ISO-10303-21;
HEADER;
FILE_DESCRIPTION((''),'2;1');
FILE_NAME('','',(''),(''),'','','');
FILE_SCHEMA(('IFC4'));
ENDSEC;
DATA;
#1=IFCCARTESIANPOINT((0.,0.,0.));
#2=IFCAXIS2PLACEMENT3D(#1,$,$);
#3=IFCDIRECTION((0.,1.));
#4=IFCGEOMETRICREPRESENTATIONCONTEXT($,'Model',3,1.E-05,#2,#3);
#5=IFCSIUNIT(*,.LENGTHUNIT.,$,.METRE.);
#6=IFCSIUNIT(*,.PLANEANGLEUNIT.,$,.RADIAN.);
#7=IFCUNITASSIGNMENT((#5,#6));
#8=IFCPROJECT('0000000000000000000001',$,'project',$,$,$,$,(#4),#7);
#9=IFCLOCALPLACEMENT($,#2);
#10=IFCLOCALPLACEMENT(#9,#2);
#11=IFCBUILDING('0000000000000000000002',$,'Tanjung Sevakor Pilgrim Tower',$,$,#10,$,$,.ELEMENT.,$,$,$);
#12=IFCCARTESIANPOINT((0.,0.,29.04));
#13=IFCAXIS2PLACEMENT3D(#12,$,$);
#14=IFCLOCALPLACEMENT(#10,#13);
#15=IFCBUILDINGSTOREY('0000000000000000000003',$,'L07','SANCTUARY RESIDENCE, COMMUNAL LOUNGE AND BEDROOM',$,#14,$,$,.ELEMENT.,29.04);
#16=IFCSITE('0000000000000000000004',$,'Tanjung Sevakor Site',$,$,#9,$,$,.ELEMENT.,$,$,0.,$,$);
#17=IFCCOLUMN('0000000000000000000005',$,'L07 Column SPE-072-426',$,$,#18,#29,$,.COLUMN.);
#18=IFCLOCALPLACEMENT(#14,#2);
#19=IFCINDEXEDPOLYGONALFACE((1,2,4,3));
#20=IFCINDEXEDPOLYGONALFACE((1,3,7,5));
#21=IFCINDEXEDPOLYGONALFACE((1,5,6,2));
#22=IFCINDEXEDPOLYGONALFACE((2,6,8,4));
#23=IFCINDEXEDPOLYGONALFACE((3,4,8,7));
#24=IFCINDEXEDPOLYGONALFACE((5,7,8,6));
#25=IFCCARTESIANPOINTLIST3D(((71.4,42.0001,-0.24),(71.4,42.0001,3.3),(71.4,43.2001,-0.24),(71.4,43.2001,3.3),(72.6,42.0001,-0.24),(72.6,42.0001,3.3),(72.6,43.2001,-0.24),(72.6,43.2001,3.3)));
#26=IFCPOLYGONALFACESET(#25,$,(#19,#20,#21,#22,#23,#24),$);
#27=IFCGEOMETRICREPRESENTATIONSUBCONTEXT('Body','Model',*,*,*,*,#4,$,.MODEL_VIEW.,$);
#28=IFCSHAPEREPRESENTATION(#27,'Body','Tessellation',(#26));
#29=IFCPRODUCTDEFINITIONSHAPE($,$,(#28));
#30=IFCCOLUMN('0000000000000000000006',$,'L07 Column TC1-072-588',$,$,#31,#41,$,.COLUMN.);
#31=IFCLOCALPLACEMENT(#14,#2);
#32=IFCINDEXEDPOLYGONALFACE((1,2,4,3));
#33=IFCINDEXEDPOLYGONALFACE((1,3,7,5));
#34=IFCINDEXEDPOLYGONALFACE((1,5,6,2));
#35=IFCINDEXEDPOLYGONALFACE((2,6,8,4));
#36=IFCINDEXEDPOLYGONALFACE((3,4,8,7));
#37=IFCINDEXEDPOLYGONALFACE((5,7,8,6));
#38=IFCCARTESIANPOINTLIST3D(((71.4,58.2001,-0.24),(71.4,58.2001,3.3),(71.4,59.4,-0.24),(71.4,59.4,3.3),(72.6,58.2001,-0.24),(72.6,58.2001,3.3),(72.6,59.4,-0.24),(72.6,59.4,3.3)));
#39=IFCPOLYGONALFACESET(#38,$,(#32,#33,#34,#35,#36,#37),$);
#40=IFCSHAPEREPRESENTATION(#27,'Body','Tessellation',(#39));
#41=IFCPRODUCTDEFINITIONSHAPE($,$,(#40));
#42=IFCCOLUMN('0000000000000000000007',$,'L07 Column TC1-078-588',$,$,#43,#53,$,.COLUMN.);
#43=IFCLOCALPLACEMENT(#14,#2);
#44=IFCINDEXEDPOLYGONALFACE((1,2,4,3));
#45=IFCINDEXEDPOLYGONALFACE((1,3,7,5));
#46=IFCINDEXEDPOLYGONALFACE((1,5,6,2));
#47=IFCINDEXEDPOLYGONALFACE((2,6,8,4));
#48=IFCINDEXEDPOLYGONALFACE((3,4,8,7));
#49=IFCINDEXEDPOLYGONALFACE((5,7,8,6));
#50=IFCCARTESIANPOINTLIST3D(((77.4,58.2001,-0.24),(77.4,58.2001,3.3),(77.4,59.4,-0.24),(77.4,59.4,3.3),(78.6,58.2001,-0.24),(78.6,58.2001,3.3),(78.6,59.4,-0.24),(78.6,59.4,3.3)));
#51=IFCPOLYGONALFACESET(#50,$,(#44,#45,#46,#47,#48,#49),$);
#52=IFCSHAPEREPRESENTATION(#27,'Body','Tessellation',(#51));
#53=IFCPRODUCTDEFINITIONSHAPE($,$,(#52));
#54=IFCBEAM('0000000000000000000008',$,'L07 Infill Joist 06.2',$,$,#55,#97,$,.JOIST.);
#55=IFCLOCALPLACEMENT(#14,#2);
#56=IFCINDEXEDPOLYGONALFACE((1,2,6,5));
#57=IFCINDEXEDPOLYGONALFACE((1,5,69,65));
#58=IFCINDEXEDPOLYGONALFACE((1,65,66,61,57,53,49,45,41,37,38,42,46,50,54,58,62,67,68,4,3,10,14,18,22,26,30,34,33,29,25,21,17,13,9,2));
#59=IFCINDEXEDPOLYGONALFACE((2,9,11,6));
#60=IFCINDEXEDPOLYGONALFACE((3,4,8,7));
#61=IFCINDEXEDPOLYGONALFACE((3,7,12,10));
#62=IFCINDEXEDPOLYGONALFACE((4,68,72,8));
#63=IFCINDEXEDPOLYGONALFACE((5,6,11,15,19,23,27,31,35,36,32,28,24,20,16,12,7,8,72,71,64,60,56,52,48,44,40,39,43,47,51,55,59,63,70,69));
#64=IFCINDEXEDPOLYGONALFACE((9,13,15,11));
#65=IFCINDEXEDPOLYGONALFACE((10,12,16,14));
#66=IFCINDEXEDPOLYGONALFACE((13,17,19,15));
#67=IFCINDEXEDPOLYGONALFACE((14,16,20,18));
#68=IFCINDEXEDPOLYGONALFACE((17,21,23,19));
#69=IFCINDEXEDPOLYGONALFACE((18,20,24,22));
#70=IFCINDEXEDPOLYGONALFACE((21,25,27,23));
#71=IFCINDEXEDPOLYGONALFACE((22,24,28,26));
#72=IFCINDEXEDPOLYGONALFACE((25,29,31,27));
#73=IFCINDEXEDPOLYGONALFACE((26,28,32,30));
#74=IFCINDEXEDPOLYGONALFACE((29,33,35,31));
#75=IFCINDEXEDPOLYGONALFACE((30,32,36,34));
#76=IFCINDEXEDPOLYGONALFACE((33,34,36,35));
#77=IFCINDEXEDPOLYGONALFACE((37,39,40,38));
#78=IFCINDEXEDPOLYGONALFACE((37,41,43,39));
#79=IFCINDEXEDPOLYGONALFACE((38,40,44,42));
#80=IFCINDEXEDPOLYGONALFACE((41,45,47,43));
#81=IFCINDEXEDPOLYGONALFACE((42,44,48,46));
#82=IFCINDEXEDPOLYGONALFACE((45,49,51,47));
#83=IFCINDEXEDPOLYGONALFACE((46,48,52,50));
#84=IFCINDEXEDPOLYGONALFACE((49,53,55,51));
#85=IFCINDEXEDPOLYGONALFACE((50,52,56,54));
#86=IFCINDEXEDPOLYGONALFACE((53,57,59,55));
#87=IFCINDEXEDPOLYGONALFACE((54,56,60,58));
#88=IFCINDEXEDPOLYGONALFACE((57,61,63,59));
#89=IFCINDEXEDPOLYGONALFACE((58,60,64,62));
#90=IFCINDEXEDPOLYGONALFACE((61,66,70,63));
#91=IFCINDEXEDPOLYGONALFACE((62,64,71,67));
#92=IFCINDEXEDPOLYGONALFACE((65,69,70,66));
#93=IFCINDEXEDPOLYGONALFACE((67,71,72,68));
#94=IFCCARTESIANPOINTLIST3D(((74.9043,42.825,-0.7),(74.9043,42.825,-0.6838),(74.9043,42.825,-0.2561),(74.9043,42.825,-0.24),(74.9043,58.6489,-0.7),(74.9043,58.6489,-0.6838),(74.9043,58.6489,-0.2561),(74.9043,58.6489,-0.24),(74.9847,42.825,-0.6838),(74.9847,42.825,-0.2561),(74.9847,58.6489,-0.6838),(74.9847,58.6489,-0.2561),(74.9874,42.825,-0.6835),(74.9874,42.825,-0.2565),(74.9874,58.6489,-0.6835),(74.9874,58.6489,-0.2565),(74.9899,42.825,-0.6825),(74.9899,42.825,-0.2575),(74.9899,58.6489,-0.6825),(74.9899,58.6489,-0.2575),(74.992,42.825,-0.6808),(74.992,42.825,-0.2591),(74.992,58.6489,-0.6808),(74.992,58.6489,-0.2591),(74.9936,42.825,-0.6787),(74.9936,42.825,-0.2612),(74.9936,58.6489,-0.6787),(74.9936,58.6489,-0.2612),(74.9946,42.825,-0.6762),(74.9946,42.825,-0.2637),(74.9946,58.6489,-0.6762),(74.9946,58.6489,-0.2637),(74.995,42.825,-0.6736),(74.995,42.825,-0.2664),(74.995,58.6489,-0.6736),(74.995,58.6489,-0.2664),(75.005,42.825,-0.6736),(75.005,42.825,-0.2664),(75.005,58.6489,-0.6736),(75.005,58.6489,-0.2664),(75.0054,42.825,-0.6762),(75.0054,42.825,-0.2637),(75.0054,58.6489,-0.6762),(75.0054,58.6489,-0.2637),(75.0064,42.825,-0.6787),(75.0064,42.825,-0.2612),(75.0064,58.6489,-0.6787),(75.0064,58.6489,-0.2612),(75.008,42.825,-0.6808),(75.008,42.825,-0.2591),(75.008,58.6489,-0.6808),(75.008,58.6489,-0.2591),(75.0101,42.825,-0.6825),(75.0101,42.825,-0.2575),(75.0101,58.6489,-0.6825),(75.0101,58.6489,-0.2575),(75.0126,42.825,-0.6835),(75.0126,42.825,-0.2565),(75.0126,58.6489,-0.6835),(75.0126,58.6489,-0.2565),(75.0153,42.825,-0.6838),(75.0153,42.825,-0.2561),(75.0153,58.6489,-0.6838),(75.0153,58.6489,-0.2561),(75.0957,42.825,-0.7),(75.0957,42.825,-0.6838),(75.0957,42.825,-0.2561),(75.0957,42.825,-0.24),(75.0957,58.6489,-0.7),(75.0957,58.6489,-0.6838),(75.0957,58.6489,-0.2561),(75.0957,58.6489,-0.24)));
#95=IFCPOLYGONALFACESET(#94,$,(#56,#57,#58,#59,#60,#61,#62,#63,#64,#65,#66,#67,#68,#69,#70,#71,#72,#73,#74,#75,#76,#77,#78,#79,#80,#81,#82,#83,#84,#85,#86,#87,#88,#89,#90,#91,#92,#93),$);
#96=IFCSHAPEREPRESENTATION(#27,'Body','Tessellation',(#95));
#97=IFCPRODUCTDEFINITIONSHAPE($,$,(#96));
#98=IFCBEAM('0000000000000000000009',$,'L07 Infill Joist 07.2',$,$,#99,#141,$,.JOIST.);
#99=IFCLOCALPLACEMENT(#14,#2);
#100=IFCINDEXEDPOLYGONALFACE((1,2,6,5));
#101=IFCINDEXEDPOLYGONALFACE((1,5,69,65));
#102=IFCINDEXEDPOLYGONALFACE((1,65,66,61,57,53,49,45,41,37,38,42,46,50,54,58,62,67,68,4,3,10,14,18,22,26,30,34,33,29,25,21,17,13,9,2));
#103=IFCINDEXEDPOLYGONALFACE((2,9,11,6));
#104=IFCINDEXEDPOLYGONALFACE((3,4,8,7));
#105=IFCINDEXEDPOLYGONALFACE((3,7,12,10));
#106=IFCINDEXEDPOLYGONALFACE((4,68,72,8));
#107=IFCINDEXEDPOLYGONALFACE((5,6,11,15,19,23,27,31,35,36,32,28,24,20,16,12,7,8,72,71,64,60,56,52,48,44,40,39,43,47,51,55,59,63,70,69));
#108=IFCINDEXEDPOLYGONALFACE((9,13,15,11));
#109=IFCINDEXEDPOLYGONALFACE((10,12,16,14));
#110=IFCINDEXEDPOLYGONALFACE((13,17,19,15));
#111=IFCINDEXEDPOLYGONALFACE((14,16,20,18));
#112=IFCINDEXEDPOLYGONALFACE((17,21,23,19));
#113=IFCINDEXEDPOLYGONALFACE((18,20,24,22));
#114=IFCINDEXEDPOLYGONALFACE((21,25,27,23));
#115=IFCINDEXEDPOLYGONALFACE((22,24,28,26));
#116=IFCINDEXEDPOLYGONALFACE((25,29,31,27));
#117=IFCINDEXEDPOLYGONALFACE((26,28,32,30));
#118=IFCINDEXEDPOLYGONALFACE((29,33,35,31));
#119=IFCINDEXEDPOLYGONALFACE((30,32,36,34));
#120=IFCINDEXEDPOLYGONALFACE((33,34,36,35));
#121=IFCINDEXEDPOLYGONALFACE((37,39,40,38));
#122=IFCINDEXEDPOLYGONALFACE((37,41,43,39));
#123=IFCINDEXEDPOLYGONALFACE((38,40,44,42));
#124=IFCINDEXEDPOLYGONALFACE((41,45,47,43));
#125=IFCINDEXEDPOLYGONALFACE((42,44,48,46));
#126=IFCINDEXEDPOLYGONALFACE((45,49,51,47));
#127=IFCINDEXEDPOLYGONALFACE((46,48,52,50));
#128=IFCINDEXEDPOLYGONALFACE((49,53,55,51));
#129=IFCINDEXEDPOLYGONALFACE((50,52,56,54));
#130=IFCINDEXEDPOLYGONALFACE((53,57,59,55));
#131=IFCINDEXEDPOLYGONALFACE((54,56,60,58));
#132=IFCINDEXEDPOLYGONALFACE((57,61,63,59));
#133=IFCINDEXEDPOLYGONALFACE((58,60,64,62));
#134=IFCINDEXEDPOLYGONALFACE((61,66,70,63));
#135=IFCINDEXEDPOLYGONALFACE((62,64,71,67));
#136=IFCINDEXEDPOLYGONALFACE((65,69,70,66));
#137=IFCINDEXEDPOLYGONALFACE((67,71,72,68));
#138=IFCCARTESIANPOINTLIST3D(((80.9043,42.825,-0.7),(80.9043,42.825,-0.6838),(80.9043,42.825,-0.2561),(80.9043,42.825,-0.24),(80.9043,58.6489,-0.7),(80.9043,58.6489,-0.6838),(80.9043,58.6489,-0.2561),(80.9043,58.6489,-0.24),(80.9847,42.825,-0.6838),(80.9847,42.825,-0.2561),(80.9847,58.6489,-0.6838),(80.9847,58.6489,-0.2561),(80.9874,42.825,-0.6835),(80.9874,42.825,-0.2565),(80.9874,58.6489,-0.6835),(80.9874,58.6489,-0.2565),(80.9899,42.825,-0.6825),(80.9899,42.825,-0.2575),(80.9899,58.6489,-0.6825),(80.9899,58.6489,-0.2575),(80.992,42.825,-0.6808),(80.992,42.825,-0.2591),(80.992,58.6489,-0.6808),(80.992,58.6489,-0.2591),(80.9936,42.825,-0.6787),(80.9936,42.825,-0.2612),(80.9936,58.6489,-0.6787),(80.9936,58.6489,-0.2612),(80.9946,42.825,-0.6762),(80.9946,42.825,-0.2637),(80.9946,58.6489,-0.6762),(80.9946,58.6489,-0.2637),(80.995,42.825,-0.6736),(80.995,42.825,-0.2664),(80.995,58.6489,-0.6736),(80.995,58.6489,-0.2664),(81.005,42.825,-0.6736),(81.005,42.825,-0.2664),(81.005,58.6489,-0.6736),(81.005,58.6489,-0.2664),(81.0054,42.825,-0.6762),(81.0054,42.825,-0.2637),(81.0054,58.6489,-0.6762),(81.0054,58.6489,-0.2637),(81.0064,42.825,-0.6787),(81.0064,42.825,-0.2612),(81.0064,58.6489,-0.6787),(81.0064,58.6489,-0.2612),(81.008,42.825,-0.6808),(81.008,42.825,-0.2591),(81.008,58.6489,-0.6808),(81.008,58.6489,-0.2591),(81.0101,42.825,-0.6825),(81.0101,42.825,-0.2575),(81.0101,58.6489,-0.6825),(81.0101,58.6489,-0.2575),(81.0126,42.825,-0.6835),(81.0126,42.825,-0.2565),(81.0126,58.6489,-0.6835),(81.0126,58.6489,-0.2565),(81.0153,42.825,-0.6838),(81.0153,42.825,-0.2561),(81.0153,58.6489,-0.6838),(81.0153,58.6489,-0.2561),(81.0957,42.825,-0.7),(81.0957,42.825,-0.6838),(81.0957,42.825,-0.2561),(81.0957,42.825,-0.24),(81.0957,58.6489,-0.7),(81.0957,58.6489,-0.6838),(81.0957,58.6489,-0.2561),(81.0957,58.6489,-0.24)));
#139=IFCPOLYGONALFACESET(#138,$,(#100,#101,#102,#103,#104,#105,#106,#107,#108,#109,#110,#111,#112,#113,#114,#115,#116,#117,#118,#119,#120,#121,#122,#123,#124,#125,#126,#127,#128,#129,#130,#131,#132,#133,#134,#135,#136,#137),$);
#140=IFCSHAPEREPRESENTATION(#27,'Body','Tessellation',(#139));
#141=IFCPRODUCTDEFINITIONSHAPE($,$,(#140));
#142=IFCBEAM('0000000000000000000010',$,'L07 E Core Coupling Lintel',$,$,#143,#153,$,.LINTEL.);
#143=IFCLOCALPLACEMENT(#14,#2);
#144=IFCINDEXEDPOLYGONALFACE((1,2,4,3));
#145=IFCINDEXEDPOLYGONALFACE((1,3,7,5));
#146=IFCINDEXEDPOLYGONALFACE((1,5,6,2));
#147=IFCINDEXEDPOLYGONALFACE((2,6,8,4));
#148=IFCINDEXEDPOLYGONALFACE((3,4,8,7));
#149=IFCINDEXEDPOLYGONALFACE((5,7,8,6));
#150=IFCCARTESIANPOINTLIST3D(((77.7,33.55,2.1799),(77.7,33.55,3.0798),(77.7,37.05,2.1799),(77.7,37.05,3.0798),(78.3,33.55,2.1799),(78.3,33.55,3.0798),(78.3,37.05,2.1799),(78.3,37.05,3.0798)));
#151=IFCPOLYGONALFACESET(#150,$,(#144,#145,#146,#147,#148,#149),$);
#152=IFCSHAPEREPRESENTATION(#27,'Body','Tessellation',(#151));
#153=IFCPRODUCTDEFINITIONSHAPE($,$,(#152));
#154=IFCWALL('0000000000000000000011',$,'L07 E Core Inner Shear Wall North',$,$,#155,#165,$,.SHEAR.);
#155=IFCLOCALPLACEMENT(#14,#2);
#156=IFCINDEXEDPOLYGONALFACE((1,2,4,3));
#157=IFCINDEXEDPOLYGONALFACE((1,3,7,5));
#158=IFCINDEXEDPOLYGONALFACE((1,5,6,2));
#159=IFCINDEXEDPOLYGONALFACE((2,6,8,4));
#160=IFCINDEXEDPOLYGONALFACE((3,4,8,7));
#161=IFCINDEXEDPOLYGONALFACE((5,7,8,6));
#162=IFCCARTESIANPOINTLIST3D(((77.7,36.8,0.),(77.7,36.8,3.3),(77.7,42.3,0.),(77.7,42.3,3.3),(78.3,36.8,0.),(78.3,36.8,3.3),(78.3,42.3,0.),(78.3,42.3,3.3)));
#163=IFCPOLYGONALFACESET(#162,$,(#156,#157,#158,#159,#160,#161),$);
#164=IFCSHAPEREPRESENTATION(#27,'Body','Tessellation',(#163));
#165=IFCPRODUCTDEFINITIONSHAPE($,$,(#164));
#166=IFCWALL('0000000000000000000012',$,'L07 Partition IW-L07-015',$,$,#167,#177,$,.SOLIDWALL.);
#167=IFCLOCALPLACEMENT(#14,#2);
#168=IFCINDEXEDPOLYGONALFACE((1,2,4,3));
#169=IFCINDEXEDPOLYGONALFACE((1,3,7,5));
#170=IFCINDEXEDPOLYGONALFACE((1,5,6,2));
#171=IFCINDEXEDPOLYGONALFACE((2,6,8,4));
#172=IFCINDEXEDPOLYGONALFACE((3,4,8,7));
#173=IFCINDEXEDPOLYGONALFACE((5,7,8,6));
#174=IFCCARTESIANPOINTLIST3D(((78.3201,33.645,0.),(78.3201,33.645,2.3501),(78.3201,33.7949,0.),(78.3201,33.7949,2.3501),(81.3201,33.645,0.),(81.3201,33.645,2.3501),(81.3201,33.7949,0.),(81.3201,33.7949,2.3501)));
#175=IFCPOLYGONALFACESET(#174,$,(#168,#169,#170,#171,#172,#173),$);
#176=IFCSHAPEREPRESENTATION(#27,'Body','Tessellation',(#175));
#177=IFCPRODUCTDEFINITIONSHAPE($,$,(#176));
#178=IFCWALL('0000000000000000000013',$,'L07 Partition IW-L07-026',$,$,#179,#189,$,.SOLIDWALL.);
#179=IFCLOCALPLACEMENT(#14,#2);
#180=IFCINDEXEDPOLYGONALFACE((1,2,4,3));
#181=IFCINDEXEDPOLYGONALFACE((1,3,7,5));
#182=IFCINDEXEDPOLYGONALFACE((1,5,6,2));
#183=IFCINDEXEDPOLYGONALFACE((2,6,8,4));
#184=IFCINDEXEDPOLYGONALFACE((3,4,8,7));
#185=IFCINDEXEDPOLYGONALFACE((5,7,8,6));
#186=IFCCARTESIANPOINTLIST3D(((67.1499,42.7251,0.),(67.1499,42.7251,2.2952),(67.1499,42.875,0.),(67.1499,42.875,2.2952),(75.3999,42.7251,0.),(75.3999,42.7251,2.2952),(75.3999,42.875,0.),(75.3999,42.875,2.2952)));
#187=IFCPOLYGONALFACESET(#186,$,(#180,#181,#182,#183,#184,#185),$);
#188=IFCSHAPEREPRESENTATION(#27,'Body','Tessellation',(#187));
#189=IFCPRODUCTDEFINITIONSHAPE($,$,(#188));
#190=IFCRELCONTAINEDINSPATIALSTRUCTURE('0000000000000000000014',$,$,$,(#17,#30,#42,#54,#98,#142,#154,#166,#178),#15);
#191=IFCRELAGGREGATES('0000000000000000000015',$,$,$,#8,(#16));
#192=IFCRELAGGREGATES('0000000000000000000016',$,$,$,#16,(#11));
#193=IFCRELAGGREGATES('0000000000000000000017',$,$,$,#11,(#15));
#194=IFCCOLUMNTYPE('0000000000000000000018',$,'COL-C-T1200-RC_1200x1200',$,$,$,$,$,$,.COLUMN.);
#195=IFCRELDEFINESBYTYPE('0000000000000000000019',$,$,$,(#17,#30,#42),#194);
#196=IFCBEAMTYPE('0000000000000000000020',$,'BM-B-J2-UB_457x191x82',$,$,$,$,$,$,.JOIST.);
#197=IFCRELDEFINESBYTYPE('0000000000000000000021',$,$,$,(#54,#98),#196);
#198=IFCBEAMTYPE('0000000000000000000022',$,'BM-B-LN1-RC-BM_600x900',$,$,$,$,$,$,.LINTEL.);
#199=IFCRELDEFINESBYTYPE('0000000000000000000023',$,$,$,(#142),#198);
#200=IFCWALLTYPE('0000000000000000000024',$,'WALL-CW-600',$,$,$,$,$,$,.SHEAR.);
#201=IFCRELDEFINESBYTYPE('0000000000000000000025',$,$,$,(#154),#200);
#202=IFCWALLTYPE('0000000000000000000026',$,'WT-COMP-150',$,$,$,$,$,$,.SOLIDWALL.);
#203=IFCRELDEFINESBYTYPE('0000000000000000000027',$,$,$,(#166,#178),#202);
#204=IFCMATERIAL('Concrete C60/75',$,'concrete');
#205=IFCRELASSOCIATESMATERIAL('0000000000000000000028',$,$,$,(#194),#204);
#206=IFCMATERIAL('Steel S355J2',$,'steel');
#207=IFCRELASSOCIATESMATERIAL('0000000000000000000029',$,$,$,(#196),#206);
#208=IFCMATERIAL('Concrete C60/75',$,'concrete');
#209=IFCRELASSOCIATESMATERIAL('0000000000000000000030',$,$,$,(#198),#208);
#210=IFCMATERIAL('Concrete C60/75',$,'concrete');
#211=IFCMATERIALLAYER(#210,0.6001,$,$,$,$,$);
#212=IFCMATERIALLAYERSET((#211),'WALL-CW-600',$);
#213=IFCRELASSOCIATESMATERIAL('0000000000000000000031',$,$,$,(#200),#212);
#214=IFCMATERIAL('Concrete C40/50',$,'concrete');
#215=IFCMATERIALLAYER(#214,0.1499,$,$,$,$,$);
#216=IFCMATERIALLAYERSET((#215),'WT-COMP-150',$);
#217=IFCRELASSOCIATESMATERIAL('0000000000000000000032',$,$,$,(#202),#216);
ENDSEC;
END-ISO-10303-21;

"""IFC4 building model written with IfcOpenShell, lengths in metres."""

from ifc_helpers import new_model, si_unit, direction, frame, frame_2d, origin, origin_2d, place, context, subcontext, project, spatial, rectangle, i_section, extrude, material, layer, layer_set, material_profile, profile_set, type_object, element, save


model = new_model("IFC4")

# Units and contexts
model_context = context("Model", 3, precision=1e-05, world=origin(), true_north=direction((0.0, 1.0)))
body_context = subcontext(model_context, "Body", "Model", "MODEL_VIEW")
ifc_project = project(units=[si_unit("LENGTHUNIT", "METRE"), si_unit("PLANEANGLEUNIT", "RADIAN")], contexts=[model_context])

# Site, building, storey
site_placement = place(None, origin())
site = spatial("IfcSite", under=ifc_project, at=site_placement, Name="Tanjung Sevakor Site", CompositionType="ELEMENT", RefElevation=0.0)
building_placement = place(site_placement, origin())
building = spatial("IfcBuilding", under=site, at=building_placement, Name="Tanjung Sevakor Pilgrim Tower", CompositionType="ELEMENT")
storey_placement = place(building_placement, frame((0.0, 0.0, 29.04)))
storey = spatial("IfcBuildingStorey", under=building, at=storey_placement, Name="L07", Description="SANCTUARY RESIDENCE, COMMUNAL LOUNGE AND BEDROOM", CompositionType="ELEMENT", Elevation=29.04)

# Columns
ifc_material_1 = material(Name="Concrete C60/75", Category="concrete")
ifc_material_profile_1 = material_profile(ifc_material_1, rectangle(XDim=1.2, YDim=1.2, at=origin_2d()))
ifc_profile_set_1 = profile_set([ifc_material_profile_1], Name="Concrete C60/75")
column_type = type_object("IfcColumnType", Name="COL-C-T1200-RC_1200x1200", PredefinedType="COLUMN", material=ifc_profile_set_1)
for number, where, z_axis, x_axis, name in (
    (1, (72.0, 42.6001, -0.24), (0.0, 0.0, 1.0), (1.0, 0.0, 0.0), "L07 Column SPE-072-426"),
    (2, (72.0, 58.8, -0.24), (0.0, 0.0, 1.0), (1.0, 0.0, 0.0), "L07 Column TC1-072-588"),
    (3, (78.0, 58.8, -0.24), (0.0, 0.0, 1.0), (1.0, 0.0, 0.0), "L07 Column TC1-078-588"),
):
    element("IfcColumn", number, at=place(storey_placement, frame(where, z_axis=z_axis, x_axis=x_axis)), inside=storey, type_object=column_type, Name=name, PredefinedType="COLUMN", context=body_context, shape_type="SweptSolid", body=[
        extrude(rectangle(XDim=1.2, YDim=1.2, at=origin_2d()), origin(), (0.0, 0.0, 1.0), 3.54),
    ])

# Beams
ifc_material_2 = material(Name="Steel S355J2", Category="steel")
ifc_material_profile_2 = material_profile(ifc_material_2, i_section(OverallWidth=0.1914, OverallDepth=0.46, WebThickness=0.01, FlangeThickness=0.0161, FilletRadius=0.0103, at=origin_2d()))
ifc_profile_set_2 = profile_set([ifc_material_profile_2], Name="Steel S355J2")
beam_type_1 = type_object("IfcBeamType", Name="BM-B-J2-UB_457x191x82", PredefinedType="JOIST", material=ifc_profile_set_2)
for number, where, z_axis, x_axis, name in (
    (4, (75.0, 42.825, -0.47), (0.0, 1.0, 0.0), (-1.0, 0.0, 0.0), "L07 Infill Joist 06.2"),
    (5, (81.0, 42.825, -0.47), (0.0, 1.0, 0.0), (-1.0, 0.0, 0.0), "L07 Infill Joist 07.2"),
):
    element("IfcBeam", number, at=place(storey_placement, frame(where, z_axis=z_axis, x_axis=x_axis)), inside=storey, type_object=beam_type_1, Name=name, PredefinedType="JOIST", context=body_context, shape_type="SweptSolid", body=[
        extrude(i_section(OverallWidth=0.1914, OverallDepth=0.46, WebThickness=0.01, FlangeThickness=0.0161, FilletRadius=0.0103, at=origin_2d()), origin(), (0.0, 0.0, 1.0), 15.824),
    ])
ifc_material_3 = material(Name="Concrete C60/75", Category="concrete")
ifc_material_profile_3 = material_profile(ifc_material_3, rectangle(XDim=0.6001, YDim=0.8999, at=origin_2d()))
ifc_profile_set_3 = profile_set([ifc_material_profile_3], Name="Concrete C60/75")
beam_type_2 = type_object("IfcBeamType", Name="BM-B-LN1-RC-BM_600x900", PredefinedType="LINTEL", material=ifc_profile_set_3)
beam_placement = place(storey_placement, frame((78.0, 33.55, 2.6299), z_axis=(0.0, 1.0, 0.0), x_axis=(-1.0, 0.0, 0.0)))
element("IfcBeam", 6, at=beam_placement, inside=storey, type_object=beam_type_2, Name="L07 E Core Coupling Lintel", PredefinedType="LINTEL", context=body_context, shape_type="SweptSolid", body=[
    extrude(rectangle(XDim=0.6001, YDim=0.8999, at=origin_2d()), origin(), (0.0, 0.0, 1.0), 3.5),
])

# Walls
ifc_material_4 = material(Name="Concrete C60/75", Category="concrete")
ifc_layer_1 = layer(ifc_material_4, 0.6001)
ifc_layer_set_1 = layer_set([ifc_layer_1], Name="WALL-CW-600")
wall_type_1 = type_object("IfcWallType", Name="WALL-CW-600", PredefinedType="SHEAR", material=ifc_layer_set_1)
wall_1_placement = place(storey_placement, frame((78.0, 36.8, 0.0), z_axis=(0.0, 0.0, 1.0), x_axis=(0.0, 1.0, 0.0)))
element("IfcWall", 7, at=wall_1_placement, inside=storey, type_object=wall_type_1, Name="L07 E Core Inner Shear Wall North", PredefinedType="SHEAR", context=body_context, shape_type="SweptSolid", body=[
    extrude(rectangle(XDim=5.5, YDim=0.6001, at=frame_2d((2.75, 0.0))), origin(), (0.0, 0.0, 1.0), 3.3),
])
ifc_material_5 = material(Name="Concrete C40/50", Category="concrete")
ifc_layer_2 = layer(ifc_material_5, 0.1499)
ifc_layer_set_2 = layer_set([ifc_layer_2], Name="WT-COMP-150")
wall_type_2 = type_object("IfcWallType", Name="WT-COMP-150", PredefinedType="SOLIDWALL", material=ifc_layer_set_2)
wall_2_placement = place(storey_placement, frame((78.3201, 33.72, 0.0), z_axis=(0.0, 0.0, 1.0), x_axis=(1.0, 0.0, 0.0)))
element("IfcWall", 8, at=wall_2_placement, inside=storey, type_object=wall_type_2, Name="L07 Partition IW-L07-015", PredefinedType="SOLIDWALL", context=body_context, shape_type="SweptSolid", body=[
    extrude(rectangle(XDim=3.0, YDim=0.1499, at=frame_2d((1.5, 0.0))), origin(), (0.0, 0.0, 1.0), 2.3501),
])
wall_3_placement = place(storey_placement, frame((67.1499, 42.8, 0.0), z_axis=(0.0, 0.0, 1.0), x_axis=(1.0, 0.0, 0.0)))
element("IfcWall", 9, at=wall_3_placement, inside=storey, type_object=wall_type_2, Name="L07 Partition IW-L07-026", PredefinedType="SOLIDWALL", context=body_context, shape_type="SweptSolid", body=[
    extrude(rectangle(XDim=8.25, YDim=0.1499, at=frame_2d((4.125, 0.0))), origin(), (0.0, 0.0, 1.0), 2.2952),
])

save(model, "model.ifc")
